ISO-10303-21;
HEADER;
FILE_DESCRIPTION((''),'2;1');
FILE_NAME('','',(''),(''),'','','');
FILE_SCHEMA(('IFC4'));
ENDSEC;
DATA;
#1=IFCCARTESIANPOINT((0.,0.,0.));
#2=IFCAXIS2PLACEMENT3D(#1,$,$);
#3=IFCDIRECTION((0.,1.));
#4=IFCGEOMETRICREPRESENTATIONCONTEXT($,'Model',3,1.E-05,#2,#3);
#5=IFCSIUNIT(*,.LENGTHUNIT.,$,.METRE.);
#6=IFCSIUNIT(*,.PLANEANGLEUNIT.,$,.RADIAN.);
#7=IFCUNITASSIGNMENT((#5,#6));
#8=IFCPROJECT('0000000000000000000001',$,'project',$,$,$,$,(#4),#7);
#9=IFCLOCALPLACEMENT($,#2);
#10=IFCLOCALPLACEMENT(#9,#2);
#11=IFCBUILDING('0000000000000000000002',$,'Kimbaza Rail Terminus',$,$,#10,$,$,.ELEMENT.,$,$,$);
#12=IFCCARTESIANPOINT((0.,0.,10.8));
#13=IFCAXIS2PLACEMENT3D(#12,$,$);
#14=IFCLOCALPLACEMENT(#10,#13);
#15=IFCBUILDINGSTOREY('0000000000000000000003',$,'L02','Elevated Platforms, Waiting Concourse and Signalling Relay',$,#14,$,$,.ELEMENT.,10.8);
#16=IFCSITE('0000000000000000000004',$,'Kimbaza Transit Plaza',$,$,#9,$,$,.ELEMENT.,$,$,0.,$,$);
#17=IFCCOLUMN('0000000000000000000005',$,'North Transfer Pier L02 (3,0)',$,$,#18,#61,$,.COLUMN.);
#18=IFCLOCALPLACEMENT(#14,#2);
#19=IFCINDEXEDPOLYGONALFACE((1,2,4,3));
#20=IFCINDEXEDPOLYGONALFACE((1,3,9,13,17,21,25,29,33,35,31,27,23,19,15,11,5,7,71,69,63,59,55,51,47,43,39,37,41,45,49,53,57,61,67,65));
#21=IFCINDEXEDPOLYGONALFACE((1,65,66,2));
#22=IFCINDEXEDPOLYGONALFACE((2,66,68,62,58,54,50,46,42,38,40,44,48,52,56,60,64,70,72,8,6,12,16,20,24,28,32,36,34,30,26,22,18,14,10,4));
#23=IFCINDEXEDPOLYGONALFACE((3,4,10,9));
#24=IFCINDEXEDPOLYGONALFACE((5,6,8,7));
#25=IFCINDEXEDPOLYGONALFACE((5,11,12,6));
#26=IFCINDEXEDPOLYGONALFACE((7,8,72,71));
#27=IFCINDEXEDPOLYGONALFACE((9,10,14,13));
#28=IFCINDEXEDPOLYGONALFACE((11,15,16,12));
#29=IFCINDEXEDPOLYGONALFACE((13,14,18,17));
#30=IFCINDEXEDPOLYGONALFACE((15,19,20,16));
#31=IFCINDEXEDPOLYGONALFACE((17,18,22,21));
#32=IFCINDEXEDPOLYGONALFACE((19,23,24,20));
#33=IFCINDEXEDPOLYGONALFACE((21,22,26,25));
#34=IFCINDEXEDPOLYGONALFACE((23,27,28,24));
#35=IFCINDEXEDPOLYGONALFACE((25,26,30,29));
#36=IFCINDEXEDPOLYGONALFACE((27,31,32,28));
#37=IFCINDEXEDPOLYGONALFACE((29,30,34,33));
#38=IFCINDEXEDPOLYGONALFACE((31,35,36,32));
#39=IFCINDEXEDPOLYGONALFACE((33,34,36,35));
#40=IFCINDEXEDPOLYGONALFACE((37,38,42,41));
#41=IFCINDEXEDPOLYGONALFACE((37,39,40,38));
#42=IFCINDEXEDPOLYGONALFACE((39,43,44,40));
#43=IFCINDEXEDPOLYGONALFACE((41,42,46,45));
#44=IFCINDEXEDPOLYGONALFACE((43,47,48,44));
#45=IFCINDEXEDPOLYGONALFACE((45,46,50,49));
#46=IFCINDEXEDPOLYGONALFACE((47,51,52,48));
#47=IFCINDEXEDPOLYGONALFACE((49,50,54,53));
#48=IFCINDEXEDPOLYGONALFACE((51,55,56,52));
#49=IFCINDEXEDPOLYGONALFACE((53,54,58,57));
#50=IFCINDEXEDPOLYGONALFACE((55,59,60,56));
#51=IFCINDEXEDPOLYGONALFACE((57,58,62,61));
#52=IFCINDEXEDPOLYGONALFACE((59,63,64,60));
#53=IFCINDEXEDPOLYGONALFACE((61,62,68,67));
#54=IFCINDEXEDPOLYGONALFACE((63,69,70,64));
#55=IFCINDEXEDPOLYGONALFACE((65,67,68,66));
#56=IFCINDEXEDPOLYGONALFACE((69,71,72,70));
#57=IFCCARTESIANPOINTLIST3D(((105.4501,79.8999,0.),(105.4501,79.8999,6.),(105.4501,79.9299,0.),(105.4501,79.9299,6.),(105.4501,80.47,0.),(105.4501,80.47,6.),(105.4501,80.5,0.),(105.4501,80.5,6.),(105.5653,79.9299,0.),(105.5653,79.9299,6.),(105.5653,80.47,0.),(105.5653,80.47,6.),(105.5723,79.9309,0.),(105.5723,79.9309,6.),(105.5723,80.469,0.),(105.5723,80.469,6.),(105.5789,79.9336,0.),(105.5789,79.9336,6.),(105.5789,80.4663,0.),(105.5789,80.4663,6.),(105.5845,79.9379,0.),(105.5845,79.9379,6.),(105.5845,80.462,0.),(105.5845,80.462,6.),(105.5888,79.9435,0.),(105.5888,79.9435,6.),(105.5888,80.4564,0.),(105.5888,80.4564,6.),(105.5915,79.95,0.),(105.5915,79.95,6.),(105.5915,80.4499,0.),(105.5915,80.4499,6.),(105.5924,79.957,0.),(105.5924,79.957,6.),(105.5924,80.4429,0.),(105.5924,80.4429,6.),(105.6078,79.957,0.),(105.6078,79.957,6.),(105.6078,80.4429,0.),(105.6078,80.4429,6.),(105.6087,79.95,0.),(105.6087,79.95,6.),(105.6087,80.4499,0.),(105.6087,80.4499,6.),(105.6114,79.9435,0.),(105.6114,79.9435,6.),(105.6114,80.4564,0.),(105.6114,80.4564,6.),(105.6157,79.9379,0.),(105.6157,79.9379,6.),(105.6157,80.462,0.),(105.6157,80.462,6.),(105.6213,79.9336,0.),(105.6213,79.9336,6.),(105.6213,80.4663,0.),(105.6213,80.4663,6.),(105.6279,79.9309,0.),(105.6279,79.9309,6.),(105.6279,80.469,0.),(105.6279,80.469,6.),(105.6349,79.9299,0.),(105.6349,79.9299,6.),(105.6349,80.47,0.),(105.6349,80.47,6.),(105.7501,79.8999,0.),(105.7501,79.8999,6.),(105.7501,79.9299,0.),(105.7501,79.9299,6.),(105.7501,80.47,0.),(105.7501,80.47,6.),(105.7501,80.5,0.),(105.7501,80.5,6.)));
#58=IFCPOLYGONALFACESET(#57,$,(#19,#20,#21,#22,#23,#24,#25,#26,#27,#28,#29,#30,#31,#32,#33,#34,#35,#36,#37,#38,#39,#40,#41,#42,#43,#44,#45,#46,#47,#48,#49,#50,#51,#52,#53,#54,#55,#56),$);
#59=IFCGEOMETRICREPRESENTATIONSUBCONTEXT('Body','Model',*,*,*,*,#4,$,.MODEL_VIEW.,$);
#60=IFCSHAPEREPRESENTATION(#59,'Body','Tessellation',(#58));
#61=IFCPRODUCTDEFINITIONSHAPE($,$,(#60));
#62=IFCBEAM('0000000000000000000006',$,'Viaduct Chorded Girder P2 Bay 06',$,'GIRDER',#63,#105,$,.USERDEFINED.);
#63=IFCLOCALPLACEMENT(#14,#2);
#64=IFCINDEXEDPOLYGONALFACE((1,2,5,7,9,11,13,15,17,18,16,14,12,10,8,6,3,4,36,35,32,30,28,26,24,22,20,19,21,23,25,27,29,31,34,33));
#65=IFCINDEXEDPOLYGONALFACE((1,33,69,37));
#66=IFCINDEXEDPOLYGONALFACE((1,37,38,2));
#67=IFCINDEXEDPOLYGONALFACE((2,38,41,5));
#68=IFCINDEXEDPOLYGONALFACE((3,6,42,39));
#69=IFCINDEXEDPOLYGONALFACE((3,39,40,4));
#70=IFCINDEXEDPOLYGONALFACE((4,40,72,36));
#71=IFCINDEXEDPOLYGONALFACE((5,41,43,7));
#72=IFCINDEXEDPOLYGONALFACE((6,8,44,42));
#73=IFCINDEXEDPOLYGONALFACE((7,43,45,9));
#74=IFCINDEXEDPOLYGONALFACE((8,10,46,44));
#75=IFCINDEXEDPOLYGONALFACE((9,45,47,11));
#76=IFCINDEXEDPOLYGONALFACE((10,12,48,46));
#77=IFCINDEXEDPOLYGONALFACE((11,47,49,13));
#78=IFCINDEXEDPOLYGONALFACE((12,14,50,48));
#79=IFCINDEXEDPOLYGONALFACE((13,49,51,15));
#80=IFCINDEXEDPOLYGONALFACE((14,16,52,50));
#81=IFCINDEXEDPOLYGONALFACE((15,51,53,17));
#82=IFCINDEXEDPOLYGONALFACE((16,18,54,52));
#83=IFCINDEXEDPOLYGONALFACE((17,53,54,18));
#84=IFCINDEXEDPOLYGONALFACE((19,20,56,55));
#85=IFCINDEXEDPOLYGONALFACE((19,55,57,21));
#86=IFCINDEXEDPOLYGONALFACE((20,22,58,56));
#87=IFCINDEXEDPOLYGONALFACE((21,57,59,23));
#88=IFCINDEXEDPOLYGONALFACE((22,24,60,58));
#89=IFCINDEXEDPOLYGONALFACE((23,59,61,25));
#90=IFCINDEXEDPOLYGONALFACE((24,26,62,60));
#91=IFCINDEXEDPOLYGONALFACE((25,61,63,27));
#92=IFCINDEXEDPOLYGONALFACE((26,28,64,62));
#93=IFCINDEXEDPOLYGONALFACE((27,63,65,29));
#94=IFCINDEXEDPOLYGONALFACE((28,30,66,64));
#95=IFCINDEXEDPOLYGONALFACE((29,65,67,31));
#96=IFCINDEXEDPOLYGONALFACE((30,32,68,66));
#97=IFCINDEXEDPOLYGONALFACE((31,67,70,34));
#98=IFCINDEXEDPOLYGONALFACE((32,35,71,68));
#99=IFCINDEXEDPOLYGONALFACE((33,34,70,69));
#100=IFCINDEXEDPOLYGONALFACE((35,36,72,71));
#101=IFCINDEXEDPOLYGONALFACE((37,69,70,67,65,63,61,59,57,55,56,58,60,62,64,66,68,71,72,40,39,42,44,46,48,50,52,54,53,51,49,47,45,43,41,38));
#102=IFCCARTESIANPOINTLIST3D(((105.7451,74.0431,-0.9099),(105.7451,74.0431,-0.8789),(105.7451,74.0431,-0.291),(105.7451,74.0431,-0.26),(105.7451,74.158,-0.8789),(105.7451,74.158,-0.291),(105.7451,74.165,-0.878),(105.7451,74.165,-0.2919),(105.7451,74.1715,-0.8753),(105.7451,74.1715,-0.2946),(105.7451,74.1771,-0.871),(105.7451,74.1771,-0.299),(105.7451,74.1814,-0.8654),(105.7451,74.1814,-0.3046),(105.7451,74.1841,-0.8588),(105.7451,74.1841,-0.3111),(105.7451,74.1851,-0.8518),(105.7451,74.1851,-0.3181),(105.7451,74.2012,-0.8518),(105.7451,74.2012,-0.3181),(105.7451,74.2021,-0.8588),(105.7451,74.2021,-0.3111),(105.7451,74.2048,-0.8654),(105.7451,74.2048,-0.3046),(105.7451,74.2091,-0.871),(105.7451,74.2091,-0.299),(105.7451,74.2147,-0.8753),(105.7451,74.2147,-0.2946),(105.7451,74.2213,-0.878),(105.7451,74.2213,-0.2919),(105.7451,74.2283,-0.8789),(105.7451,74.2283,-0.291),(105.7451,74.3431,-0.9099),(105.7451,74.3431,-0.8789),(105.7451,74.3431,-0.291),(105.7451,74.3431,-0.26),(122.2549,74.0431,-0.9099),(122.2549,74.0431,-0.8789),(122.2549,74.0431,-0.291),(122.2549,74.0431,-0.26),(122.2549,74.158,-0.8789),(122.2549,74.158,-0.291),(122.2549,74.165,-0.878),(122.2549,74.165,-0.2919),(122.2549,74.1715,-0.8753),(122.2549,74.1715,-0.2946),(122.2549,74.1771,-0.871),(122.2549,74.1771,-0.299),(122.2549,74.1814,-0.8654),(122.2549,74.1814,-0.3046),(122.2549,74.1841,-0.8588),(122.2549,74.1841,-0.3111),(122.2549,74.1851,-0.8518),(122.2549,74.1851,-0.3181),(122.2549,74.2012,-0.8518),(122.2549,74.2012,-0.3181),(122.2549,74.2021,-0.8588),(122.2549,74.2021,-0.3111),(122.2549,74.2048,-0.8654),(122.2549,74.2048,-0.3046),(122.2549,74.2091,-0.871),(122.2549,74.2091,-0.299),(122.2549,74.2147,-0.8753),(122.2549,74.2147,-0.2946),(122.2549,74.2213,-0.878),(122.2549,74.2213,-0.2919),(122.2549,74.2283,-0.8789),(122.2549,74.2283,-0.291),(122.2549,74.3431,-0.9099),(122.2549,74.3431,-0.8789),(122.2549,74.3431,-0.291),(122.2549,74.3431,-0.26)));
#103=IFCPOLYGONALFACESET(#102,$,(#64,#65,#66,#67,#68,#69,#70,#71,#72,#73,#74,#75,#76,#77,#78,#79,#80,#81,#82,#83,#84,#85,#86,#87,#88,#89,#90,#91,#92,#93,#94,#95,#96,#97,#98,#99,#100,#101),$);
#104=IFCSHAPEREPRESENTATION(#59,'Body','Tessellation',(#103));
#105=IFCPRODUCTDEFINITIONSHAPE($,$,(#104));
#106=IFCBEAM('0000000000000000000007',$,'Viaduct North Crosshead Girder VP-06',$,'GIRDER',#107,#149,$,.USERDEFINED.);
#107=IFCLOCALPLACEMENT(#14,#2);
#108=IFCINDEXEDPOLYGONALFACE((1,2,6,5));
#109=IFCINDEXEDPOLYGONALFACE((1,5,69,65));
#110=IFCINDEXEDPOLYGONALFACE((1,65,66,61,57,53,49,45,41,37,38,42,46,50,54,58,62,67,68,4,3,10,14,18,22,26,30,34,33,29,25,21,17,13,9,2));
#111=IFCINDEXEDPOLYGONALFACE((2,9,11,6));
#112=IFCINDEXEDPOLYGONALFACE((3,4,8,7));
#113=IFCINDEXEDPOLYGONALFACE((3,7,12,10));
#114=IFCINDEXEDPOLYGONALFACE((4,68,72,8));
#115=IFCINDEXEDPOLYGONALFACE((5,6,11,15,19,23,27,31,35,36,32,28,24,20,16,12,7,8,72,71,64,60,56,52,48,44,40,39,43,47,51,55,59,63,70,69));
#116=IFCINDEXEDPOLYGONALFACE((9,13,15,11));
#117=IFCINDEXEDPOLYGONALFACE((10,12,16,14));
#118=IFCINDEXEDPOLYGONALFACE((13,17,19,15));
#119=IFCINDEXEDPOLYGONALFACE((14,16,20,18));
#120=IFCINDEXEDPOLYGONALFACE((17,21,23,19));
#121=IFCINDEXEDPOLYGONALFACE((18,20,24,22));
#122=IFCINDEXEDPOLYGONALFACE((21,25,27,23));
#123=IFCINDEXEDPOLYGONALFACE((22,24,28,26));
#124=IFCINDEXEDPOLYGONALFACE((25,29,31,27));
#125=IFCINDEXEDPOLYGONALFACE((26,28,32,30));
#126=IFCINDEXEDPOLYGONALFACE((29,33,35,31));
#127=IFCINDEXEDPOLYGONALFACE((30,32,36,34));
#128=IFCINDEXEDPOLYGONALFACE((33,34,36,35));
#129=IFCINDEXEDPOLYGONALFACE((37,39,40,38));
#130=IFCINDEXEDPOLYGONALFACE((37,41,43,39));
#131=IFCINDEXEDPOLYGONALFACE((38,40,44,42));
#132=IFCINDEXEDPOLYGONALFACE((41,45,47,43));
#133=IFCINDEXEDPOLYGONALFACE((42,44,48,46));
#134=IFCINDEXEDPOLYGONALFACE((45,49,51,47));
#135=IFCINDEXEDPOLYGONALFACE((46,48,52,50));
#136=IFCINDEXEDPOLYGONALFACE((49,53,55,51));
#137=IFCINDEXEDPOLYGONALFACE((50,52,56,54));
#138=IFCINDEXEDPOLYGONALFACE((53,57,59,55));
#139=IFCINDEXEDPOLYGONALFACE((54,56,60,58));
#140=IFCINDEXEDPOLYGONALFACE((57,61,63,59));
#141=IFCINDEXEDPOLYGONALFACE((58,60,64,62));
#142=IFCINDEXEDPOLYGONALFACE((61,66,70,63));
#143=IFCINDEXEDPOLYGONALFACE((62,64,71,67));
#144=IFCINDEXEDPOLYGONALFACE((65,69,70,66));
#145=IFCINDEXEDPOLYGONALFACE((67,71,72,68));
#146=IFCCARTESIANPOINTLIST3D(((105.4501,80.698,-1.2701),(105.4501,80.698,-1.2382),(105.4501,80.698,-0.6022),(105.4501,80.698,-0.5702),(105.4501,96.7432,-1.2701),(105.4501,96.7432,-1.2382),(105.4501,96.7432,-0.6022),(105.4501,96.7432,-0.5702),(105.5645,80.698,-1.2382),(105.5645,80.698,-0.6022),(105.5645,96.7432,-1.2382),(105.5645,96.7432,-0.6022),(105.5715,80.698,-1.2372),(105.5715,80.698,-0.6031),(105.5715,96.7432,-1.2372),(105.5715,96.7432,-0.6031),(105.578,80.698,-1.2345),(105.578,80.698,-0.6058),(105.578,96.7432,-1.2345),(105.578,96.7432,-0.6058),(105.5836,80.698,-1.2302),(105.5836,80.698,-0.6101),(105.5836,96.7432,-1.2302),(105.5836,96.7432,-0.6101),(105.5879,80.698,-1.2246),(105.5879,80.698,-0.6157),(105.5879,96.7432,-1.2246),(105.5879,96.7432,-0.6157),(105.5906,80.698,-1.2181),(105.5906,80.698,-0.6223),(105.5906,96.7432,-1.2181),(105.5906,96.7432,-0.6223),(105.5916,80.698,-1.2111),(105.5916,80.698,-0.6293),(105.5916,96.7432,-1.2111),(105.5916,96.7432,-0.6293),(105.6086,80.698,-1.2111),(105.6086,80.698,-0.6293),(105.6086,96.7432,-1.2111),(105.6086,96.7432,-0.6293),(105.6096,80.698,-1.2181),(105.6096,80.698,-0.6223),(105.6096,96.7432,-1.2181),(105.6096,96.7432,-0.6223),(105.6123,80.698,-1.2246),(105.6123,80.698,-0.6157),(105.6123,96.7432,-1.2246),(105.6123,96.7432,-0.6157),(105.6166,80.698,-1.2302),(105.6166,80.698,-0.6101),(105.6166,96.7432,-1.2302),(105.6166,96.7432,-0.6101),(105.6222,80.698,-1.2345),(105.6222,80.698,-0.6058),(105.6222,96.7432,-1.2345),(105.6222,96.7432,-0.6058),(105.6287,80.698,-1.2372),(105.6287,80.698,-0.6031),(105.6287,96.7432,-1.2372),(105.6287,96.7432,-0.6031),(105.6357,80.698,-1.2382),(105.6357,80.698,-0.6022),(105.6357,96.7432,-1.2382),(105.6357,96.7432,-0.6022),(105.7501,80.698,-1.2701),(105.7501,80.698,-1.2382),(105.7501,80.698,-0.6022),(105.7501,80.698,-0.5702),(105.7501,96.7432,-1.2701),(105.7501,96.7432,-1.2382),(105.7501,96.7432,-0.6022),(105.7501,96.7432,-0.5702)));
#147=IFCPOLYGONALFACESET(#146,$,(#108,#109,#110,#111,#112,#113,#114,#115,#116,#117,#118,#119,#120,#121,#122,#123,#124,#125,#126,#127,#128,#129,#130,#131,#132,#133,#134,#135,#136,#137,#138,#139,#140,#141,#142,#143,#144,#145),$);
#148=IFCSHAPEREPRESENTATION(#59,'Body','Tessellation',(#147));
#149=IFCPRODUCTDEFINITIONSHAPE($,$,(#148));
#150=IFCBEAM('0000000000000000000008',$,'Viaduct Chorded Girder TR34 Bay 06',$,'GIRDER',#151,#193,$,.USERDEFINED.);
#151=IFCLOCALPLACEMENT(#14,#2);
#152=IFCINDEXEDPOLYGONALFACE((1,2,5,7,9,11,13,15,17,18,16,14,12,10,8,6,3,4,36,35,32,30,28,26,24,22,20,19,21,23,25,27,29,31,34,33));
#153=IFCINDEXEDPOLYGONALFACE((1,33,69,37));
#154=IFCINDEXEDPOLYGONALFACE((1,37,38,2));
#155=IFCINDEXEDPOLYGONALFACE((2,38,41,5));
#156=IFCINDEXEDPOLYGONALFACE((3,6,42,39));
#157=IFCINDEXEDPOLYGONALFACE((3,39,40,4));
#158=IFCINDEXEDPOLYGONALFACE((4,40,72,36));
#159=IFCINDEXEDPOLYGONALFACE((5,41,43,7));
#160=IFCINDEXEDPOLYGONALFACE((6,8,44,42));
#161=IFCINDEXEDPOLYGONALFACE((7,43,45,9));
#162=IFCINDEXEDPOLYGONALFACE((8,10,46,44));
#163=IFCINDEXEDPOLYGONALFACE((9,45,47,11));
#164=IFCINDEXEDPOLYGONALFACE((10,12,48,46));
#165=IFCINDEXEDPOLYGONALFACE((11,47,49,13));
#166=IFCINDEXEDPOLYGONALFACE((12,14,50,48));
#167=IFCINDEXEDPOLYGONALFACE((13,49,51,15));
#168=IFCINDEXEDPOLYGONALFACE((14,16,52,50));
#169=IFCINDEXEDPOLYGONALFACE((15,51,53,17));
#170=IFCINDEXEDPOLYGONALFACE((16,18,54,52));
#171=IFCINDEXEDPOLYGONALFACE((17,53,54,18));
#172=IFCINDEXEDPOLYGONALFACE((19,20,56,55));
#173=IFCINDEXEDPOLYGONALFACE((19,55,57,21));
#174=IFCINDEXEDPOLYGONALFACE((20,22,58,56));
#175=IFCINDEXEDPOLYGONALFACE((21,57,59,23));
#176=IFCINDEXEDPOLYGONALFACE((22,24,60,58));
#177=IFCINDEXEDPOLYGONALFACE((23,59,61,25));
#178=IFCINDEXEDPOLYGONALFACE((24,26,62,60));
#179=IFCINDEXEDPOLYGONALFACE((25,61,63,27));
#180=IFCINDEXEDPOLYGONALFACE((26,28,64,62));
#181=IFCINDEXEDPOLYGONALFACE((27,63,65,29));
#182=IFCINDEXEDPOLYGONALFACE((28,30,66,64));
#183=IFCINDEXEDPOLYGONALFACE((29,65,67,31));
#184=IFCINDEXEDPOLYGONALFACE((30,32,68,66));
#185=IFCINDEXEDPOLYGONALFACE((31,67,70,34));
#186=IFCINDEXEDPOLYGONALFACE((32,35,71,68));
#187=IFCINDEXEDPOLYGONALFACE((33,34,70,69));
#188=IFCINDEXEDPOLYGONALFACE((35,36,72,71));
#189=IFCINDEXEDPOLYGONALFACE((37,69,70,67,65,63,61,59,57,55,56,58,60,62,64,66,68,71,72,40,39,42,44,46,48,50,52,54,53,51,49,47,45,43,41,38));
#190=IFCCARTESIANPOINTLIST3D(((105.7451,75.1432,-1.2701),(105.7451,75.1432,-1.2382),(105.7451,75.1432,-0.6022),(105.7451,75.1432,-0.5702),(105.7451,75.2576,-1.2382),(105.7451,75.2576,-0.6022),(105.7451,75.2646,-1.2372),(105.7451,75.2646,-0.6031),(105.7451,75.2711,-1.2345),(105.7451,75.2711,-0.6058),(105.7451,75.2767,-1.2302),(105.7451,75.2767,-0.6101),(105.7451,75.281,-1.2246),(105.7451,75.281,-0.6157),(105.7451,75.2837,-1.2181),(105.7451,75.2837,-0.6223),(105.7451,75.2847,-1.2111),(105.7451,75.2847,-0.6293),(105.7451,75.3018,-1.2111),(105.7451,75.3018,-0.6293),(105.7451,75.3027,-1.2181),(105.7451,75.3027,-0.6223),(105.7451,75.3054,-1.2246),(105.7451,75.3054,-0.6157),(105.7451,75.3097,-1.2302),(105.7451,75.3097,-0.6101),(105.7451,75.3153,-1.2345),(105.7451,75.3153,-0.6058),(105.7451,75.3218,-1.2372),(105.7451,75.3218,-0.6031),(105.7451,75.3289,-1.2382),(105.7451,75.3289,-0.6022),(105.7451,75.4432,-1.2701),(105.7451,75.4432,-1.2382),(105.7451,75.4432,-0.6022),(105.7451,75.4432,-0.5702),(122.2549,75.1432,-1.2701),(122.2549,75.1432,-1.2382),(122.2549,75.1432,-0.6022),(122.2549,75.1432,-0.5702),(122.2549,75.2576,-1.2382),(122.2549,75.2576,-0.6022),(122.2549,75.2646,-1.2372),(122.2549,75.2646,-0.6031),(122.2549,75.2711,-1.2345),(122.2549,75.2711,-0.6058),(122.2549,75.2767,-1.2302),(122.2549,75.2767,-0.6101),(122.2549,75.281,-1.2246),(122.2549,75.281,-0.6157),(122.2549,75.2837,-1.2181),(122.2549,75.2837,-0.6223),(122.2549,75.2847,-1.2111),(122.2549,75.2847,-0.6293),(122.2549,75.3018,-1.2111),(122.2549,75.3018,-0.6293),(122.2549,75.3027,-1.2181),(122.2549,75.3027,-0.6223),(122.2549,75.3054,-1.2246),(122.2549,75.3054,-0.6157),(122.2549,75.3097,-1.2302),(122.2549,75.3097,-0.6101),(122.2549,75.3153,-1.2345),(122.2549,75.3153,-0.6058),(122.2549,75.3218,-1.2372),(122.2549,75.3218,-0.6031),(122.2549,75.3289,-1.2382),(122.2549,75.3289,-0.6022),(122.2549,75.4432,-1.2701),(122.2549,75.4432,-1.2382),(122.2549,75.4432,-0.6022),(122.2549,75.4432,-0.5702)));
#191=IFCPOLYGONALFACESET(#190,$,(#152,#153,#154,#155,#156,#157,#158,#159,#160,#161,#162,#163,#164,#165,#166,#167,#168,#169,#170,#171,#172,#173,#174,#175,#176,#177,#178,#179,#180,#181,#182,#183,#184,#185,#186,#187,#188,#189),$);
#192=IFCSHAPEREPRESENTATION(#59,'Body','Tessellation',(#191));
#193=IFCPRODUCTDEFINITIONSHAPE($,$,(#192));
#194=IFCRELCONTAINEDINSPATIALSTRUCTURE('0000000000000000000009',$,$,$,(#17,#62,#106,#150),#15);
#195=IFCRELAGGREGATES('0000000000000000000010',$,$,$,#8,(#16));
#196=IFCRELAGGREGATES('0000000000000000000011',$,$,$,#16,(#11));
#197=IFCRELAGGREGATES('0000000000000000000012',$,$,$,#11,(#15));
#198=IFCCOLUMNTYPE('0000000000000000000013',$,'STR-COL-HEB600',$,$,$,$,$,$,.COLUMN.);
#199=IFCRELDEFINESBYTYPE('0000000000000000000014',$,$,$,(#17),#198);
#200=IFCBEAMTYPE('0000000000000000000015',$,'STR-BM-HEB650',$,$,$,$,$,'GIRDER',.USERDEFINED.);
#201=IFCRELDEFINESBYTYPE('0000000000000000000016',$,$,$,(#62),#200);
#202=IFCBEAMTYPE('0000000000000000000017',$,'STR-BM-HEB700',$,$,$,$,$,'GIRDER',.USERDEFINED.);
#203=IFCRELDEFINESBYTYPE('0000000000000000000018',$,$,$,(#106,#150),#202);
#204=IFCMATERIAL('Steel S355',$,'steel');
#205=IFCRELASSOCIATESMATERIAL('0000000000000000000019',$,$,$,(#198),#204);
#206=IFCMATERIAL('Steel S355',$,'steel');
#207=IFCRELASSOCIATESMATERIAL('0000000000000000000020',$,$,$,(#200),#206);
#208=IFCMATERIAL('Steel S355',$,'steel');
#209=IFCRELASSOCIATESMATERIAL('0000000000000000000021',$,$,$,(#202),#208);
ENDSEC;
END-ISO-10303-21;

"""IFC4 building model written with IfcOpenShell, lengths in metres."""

from ifc_helpers import new_model, si_unit, direction, frame, origin, origin_2d, place, context, subcontext, project, spatial, i_section, extrude, material, material_profile, profile_set, type_object, element, save


model = new_model("IFC4")

# Units and contexts
model_context = context("Model", 3, precision=1e-05, world=origin(), true_north=direction((0.0, 1.0)))
body_context = subcontext(model_context, "Body", "Model", "MODEL_VIEW")
ifc_project = project(units=[si_unit("LENGTHUNIT", "METRE"), si_unit("PLANEANGLEUNIT", "RADIAN")], contexts=[model_context])

# Site, building, storey
site_placement = place(None, origin())
site = spatial("IfcSite", under=ifc_project, at=site_placement, Name="Kimbaza Transit Plaza", CompositionType="ELEMENT", RefElevation=0.0)
building_placement = place(site_placement, origin())
building = spatial("IfcBuilding", under=site, at=building_placement, Name="Kimbaza Rail Terminus", CompositionType="ELEMENT")
storey_placement = place(building_placement, frame((0.0, 0.0, 10.8)))
storey = spatial("IfcBuildingStorey", under=building, at=storey_placement, Name="L02", Description="Elevated Platforms, Waiting Concourse and Signalling Relay", CompositionType="ELEMENT", Elevation=10.8)

# Column
ifc_material_1 = material(Name="Steel S355", Category="steel")
ifc_material_profile_1 = material_profile(ifc_material_1, i_section(OverallWidth=0.3, OverallDepth=0.6001, WebThickness=0.0154, FlangeThickness=0.03, FilletRadius=0.0271, at=origin_2d()), Name="HEB 600")
ifc_profile_set_1 = profile_set([ifc_material_profile_1], Name="Steel S355")
column_type = type_object("IfcColumnType", Name="STR-COL-HEB600", PredefinedType="COLUMN", material=ifc_profile_set_1)
column_placement = place(storey_placement, frame((105.6001, 80.2, 0.0), z_axis=(0.0, 0.0, 1.0), x_axis=(1.0, 0.0, 0.0)))
element("IfcColumn", 1, at=column_placement, inside=storey, type_object=column_type, Name="North Transfer Pier L02 (3,0)", PredefinedType="COLUMN", context=body_context, shape_type="SweptSolid", body=[
    extrude(i_section(OverallWidth=0.3, OverallDepth=0.6001, WebThickness=0.0154, FlangeThickness=0.03, FilletRadius=0.0271, at=origin_2d()), origin(), (0.0, 0.0, 1.0), 6.0),
])

# Beams
ifc_material_2 = material(Name="Steel S355", Category="steel")
ifc_material_profile_2 = material_profile(ifc_material_2, i_section(OverallWidth=0.3, OverallDepth=0.6499, WebThickness=0.0161, FlangeThickness=0.031, FilletRadius=0.0271, at=origin_2d()), Name="HEB 650")
ifc_profile_set_2 = profile_set([ifc_material_profile_2], Name="Steel S355")
beam_type_1 = type_object("IfcBeamType", Name="STR-BM-HEB650", ElementType="GIRDER", PredefinedType="USERDEFINED", material=ifc_profile_set_2)
beam_1_placement = place(storey_placement, frame((105.7451, 74.1931, -0.585), z_axis=(1.0, 0.0, 0.0), x_axis=(0.0, 1.0, 0.0)))
element("IfcBeam", 2, at=beam_1_placement, inside=storey, type_object=beam_type_1, Name="Viaduct Chorded Girder P2 Bay 06", ObjectType="GIRDER", PredefinedType="USERDEFINED", context=body_context, shape_type="SweptSolid", body=[
    extrude(i_section(OverallWidth=0.3, OverallDepth=0.6499, WebThickness=0.0161, FlangeThickness=0.031, FilletRadius=0.0271, at=origin_2d()), origin(), (0.0, 0.0, 1.0), 16.5098),
])
ifc_material_3 = material(Name="Steel S355", Category="steel")
ifc_material_profile_3 = material_profile(ifc_material_3, i_section(OverallWidth=0.3, OverallDepth=0.7, WebThickness=0.0171, FlangeThickness=0.032, FilletRadius=0.0271, at=origin_2d()), Name="HEB 700")
ifc_profile_set_3 = profile_set([ifc_material_profile_3], Name="Steel S355")
beam_type_2 = type_object("IfcBeamType", Name="STR-BM-HEB700", ElementType="GIRDER", PredefinedType="USERDEFINED", material=ifc_profile_set_3)
beam_2_placement = place(storey_placement, frame((105.6001, 80.698, -0.9202), z_axis=(0.0, 1.0, 0.0), x_axis=(-1.0, 0.0, 0.0)))
element("IfcBeam", 3, at=beam_2_placement, inside=storey, type_object=beam_type_2, Name="Viaduct North Crosshead Girder VP-06", ObjectType="GIRDER", PredefinedType="USERDEFINED", context=body_context, shape_type="SweptSolid", body=[
    extrude(i_section(OverallWidth=0.3, OverallDepth=0.7, WebThickness=0.0171, FlangeThickness=0.032, FilletRadius=0.0271, at=origin_2d()), origin(), (0.0, 0.0, 1.0), 16.0452),
])
for number, where, z_axis, x_axis, name in (
    (4, (105.7451, 75.2932, -0.9202), (1.0, 0.0, 0.0), (0.0, 1.0, 0.0), "Viaduct Chorded Girder TR34 Bay 06"),
):
    element("IfcBeam", number, at=place(storey_placement, frame(where, z_axis=z_axis, x_axis=x_axis)), inside=storey, type_object=beam_type_2, Name=name, ObjectType="GIRDER", PredefinedType="USERDEFINED", context=body_context, shape_type="SweptSolid", body=[
        extrude(i_section(OverallWidth=0.3, OverallDepth=0.7, WebThickness=0.0171, FlangeThickness=0.032, FilletRadius=0.0271, at=origin_2d()), origin(), (0.0, 0.0, 1.0), 16.5098),
    ])

save(model, "model.ifc")
